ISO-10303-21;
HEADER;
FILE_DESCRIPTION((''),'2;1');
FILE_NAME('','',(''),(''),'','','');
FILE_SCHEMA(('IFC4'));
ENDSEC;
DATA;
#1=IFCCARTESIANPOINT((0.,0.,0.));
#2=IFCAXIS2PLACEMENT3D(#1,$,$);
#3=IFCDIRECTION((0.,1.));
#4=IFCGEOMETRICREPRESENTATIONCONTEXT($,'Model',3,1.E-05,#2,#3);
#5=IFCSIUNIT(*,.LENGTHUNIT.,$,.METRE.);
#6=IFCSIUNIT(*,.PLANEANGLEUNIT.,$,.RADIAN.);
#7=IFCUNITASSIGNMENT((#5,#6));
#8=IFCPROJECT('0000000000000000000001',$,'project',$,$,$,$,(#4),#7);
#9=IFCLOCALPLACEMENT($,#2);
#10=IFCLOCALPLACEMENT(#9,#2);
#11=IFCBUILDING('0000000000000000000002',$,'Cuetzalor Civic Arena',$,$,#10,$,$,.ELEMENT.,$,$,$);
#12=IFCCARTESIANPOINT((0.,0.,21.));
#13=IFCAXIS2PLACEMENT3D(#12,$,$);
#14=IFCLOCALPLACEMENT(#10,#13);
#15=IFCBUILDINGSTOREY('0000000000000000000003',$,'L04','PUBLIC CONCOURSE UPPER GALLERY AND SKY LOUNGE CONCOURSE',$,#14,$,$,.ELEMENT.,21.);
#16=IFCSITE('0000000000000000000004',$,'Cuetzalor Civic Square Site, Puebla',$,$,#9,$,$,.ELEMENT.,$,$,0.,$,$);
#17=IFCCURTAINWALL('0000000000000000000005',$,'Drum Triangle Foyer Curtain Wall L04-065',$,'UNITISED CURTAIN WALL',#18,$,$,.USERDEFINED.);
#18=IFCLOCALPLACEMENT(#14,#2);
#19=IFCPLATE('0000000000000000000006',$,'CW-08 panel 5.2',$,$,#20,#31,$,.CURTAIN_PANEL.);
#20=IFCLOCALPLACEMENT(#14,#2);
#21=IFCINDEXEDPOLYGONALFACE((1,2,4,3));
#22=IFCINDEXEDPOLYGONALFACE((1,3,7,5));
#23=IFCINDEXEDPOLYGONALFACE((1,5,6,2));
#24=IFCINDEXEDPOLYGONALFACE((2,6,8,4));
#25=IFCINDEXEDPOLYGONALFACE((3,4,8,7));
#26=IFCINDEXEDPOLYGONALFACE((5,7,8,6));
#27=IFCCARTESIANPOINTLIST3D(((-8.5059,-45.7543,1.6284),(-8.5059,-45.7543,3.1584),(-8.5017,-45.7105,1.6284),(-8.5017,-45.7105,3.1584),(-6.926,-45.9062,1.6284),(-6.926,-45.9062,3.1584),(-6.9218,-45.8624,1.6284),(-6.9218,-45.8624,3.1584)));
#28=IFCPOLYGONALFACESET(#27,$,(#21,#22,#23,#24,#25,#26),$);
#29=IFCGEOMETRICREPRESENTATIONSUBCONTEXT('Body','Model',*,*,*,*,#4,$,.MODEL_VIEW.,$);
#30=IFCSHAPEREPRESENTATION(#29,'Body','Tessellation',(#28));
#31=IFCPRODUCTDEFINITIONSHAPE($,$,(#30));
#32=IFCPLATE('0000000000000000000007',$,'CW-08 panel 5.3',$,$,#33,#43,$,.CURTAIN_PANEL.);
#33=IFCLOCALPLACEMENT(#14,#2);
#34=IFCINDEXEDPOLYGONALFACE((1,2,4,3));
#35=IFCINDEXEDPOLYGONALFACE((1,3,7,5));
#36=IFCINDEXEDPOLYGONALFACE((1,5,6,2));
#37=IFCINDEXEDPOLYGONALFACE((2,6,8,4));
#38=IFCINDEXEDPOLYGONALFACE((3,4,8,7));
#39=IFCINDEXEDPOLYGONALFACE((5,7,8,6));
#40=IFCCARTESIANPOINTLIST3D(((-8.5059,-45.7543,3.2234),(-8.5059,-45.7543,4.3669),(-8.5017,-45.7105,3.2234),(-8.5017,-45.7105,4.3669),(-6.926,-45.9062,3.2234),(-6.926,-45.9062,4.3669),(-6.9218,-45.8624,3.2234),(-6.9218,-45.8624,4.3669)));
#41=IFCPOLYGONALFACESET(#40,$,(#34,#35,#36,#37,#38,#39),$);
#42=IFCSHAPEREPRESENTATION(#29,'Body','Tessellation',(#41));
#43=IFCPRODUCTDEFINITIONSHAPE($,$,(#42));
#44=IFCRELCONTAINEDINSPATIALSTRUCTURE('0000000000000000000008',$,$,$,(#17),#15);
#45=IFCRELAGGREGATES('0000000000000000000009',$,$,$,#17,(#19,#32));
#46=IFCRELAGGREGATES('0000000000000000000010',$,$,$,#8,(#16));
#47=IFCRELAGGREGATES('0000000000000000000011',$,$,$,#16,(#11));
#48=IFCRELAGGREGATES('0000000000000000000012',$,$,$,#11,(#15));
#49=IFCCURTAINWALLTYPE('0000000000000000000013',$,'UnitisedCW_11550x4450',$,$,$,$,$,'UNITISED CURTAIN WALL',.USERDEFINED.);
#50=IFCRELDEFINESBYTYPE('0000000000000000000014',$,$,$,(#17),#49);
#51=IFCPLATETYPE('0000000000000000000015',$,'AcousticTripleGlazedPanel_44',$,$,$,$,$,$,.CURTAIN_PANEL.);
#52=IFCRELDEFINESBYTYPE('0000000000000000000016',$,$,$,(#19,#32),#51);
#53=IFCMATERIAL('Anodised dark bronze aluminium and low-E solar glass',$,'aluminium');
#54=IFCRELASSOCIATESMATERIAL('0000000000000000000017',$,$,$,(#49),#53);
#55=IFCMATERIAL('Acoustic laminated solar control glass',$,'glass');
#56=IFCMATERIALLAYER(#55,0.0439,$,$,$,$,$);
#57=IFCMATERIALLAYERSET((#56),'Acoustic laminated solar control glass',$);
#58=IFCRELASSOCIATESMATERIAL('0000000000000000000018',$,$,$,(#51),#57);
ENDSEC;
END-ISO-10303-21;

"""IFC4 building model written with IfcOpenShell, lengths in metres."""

from ifc_helpers import new_model, si_unit, direction, frame, origin, origin_2d, place, context, subcontext, project, spatial, rectangle, extrude, material, layer, layer_set, type_object, element, aggregate, save


model = new_model("IFC4")

# Units and contexts
model_context = context("Model", 3, precision=1e-05, world=origin(), true_north=direction((0.0, 1.0)))
body_context = subcontext(model_context, "Body", "Model", "MODEL_VIEW")
ifc_project = project(units=[si_unit("LENGTHUNIT", "METRE"), si_unit("PLANEANGLEUNIT", "RADIAN")], contexts=[model_context])

# Site, building, storey
site_placement = place(None, origin())
site = spatial("IfcSite", under=ifc_project, at=site_placement, Name="Cuetzalor Civic Square Site, Puebla", CompositionType="ELEMENT", RefElevation=0.0)
building_placement = place(site_placement, origin())
building = spatial("IfcBuilding", under=site, at=building_placement, Name="Cuetzalor Civic Arena", CompositionType="ELEMENT")
storey_placement = place(building_placement, frame((0.0, 0.0, 21.0)))
storey = spatial("IfcBuildingStorey", under=building, at=storey_placement, Name="L04", Description="PUBLIC CONCOURSE UPPER GALLERY AND SKY LOUNGE CONCOURSE", CompositionType="ELEMENT", Elevation=21.0)

# Curtain wall
ifc_material_1 = material(Name="Anodised dark bronze aluminium and low-E solar glass", Category="aluminium")
curtain_wall_type = type_object("IfcCurtainWallType", Name="UnitisedCW_11550x4450", ElementType="UNITISED CURTAIN WALL", PredefinedType="USERDEFINED", material=ifc_material_1)
curtain_wall_placement = place(storey_placement, origin())
curtain_wall = element("IfcCurtainWall", 1, at=curtain_wall_placement, inside=storey, type_object=curtain_wall_type, Name="Drum Triangle Foyer Curtain Wall L04-065", ObjectType="UNITISED CURTAIN WALL", PredefinedType="USERDEFINED")

# Plates
ifc_material_2 = material(Name="Acoustic laminated solar control glass", Category="glass")
ifc_layer = layer(ifc_material_2, 0.0439)
ifc_layer_set = layer_set([ifc_layer], Name="Acoustic laminated solar control glass")
plate_type = type_object("IfcPlateType", Name="AcousticTripleGlazedPanel_44", PredefinedType="CURTAIN_PANEL", material=ifc_layer_set)
plate_1_placement = place(storey_placement, frame((-7.7139, -45.8083, 1.6284), z_axis=(0.0, 0.0, 1.0), x_axis=(-0.995409, 0.095711, 0.0)))
plate_1 = element("IfcPlate", 2, at=plate_1_placement, type_object=plate_type, Name="CW-08 panel 5.2", PredefinedType="CURTAIN_PANEL", context=body_context, shape_type="SweptSolid", body=[
    extrude(rectangle(XDim=1.5872, YDim=0.0439, at=origin_2d()), origin(), (0.0, 0.0, 1.0), 1.53),
])
plate_2_placement = place(storey_placement, frame((-7.7139, -45.8083, 3.2234), z_axis=(0.0, 0.0, 1.0), x_axis=(-0.995409, 0.095711, 0.0)))
plate_2 = element("IfcPlate", 3, at=plate_2_placement, type_object=plate_type, Name="CW-08 panel 5.3", PredefinedType="CURTAIN_PANEL", context=body_context, shape_type="SweptSolid", body=[
    extrude(rectangle(XDim=1.5872, YDim=0.0439, at=origin_2d()), origin(), (0.0, 0.0, 1.0), 1.1436),
])
aggregate(curtain_wall, [plate_1, plate_2])

save(model, "model.ifc")
